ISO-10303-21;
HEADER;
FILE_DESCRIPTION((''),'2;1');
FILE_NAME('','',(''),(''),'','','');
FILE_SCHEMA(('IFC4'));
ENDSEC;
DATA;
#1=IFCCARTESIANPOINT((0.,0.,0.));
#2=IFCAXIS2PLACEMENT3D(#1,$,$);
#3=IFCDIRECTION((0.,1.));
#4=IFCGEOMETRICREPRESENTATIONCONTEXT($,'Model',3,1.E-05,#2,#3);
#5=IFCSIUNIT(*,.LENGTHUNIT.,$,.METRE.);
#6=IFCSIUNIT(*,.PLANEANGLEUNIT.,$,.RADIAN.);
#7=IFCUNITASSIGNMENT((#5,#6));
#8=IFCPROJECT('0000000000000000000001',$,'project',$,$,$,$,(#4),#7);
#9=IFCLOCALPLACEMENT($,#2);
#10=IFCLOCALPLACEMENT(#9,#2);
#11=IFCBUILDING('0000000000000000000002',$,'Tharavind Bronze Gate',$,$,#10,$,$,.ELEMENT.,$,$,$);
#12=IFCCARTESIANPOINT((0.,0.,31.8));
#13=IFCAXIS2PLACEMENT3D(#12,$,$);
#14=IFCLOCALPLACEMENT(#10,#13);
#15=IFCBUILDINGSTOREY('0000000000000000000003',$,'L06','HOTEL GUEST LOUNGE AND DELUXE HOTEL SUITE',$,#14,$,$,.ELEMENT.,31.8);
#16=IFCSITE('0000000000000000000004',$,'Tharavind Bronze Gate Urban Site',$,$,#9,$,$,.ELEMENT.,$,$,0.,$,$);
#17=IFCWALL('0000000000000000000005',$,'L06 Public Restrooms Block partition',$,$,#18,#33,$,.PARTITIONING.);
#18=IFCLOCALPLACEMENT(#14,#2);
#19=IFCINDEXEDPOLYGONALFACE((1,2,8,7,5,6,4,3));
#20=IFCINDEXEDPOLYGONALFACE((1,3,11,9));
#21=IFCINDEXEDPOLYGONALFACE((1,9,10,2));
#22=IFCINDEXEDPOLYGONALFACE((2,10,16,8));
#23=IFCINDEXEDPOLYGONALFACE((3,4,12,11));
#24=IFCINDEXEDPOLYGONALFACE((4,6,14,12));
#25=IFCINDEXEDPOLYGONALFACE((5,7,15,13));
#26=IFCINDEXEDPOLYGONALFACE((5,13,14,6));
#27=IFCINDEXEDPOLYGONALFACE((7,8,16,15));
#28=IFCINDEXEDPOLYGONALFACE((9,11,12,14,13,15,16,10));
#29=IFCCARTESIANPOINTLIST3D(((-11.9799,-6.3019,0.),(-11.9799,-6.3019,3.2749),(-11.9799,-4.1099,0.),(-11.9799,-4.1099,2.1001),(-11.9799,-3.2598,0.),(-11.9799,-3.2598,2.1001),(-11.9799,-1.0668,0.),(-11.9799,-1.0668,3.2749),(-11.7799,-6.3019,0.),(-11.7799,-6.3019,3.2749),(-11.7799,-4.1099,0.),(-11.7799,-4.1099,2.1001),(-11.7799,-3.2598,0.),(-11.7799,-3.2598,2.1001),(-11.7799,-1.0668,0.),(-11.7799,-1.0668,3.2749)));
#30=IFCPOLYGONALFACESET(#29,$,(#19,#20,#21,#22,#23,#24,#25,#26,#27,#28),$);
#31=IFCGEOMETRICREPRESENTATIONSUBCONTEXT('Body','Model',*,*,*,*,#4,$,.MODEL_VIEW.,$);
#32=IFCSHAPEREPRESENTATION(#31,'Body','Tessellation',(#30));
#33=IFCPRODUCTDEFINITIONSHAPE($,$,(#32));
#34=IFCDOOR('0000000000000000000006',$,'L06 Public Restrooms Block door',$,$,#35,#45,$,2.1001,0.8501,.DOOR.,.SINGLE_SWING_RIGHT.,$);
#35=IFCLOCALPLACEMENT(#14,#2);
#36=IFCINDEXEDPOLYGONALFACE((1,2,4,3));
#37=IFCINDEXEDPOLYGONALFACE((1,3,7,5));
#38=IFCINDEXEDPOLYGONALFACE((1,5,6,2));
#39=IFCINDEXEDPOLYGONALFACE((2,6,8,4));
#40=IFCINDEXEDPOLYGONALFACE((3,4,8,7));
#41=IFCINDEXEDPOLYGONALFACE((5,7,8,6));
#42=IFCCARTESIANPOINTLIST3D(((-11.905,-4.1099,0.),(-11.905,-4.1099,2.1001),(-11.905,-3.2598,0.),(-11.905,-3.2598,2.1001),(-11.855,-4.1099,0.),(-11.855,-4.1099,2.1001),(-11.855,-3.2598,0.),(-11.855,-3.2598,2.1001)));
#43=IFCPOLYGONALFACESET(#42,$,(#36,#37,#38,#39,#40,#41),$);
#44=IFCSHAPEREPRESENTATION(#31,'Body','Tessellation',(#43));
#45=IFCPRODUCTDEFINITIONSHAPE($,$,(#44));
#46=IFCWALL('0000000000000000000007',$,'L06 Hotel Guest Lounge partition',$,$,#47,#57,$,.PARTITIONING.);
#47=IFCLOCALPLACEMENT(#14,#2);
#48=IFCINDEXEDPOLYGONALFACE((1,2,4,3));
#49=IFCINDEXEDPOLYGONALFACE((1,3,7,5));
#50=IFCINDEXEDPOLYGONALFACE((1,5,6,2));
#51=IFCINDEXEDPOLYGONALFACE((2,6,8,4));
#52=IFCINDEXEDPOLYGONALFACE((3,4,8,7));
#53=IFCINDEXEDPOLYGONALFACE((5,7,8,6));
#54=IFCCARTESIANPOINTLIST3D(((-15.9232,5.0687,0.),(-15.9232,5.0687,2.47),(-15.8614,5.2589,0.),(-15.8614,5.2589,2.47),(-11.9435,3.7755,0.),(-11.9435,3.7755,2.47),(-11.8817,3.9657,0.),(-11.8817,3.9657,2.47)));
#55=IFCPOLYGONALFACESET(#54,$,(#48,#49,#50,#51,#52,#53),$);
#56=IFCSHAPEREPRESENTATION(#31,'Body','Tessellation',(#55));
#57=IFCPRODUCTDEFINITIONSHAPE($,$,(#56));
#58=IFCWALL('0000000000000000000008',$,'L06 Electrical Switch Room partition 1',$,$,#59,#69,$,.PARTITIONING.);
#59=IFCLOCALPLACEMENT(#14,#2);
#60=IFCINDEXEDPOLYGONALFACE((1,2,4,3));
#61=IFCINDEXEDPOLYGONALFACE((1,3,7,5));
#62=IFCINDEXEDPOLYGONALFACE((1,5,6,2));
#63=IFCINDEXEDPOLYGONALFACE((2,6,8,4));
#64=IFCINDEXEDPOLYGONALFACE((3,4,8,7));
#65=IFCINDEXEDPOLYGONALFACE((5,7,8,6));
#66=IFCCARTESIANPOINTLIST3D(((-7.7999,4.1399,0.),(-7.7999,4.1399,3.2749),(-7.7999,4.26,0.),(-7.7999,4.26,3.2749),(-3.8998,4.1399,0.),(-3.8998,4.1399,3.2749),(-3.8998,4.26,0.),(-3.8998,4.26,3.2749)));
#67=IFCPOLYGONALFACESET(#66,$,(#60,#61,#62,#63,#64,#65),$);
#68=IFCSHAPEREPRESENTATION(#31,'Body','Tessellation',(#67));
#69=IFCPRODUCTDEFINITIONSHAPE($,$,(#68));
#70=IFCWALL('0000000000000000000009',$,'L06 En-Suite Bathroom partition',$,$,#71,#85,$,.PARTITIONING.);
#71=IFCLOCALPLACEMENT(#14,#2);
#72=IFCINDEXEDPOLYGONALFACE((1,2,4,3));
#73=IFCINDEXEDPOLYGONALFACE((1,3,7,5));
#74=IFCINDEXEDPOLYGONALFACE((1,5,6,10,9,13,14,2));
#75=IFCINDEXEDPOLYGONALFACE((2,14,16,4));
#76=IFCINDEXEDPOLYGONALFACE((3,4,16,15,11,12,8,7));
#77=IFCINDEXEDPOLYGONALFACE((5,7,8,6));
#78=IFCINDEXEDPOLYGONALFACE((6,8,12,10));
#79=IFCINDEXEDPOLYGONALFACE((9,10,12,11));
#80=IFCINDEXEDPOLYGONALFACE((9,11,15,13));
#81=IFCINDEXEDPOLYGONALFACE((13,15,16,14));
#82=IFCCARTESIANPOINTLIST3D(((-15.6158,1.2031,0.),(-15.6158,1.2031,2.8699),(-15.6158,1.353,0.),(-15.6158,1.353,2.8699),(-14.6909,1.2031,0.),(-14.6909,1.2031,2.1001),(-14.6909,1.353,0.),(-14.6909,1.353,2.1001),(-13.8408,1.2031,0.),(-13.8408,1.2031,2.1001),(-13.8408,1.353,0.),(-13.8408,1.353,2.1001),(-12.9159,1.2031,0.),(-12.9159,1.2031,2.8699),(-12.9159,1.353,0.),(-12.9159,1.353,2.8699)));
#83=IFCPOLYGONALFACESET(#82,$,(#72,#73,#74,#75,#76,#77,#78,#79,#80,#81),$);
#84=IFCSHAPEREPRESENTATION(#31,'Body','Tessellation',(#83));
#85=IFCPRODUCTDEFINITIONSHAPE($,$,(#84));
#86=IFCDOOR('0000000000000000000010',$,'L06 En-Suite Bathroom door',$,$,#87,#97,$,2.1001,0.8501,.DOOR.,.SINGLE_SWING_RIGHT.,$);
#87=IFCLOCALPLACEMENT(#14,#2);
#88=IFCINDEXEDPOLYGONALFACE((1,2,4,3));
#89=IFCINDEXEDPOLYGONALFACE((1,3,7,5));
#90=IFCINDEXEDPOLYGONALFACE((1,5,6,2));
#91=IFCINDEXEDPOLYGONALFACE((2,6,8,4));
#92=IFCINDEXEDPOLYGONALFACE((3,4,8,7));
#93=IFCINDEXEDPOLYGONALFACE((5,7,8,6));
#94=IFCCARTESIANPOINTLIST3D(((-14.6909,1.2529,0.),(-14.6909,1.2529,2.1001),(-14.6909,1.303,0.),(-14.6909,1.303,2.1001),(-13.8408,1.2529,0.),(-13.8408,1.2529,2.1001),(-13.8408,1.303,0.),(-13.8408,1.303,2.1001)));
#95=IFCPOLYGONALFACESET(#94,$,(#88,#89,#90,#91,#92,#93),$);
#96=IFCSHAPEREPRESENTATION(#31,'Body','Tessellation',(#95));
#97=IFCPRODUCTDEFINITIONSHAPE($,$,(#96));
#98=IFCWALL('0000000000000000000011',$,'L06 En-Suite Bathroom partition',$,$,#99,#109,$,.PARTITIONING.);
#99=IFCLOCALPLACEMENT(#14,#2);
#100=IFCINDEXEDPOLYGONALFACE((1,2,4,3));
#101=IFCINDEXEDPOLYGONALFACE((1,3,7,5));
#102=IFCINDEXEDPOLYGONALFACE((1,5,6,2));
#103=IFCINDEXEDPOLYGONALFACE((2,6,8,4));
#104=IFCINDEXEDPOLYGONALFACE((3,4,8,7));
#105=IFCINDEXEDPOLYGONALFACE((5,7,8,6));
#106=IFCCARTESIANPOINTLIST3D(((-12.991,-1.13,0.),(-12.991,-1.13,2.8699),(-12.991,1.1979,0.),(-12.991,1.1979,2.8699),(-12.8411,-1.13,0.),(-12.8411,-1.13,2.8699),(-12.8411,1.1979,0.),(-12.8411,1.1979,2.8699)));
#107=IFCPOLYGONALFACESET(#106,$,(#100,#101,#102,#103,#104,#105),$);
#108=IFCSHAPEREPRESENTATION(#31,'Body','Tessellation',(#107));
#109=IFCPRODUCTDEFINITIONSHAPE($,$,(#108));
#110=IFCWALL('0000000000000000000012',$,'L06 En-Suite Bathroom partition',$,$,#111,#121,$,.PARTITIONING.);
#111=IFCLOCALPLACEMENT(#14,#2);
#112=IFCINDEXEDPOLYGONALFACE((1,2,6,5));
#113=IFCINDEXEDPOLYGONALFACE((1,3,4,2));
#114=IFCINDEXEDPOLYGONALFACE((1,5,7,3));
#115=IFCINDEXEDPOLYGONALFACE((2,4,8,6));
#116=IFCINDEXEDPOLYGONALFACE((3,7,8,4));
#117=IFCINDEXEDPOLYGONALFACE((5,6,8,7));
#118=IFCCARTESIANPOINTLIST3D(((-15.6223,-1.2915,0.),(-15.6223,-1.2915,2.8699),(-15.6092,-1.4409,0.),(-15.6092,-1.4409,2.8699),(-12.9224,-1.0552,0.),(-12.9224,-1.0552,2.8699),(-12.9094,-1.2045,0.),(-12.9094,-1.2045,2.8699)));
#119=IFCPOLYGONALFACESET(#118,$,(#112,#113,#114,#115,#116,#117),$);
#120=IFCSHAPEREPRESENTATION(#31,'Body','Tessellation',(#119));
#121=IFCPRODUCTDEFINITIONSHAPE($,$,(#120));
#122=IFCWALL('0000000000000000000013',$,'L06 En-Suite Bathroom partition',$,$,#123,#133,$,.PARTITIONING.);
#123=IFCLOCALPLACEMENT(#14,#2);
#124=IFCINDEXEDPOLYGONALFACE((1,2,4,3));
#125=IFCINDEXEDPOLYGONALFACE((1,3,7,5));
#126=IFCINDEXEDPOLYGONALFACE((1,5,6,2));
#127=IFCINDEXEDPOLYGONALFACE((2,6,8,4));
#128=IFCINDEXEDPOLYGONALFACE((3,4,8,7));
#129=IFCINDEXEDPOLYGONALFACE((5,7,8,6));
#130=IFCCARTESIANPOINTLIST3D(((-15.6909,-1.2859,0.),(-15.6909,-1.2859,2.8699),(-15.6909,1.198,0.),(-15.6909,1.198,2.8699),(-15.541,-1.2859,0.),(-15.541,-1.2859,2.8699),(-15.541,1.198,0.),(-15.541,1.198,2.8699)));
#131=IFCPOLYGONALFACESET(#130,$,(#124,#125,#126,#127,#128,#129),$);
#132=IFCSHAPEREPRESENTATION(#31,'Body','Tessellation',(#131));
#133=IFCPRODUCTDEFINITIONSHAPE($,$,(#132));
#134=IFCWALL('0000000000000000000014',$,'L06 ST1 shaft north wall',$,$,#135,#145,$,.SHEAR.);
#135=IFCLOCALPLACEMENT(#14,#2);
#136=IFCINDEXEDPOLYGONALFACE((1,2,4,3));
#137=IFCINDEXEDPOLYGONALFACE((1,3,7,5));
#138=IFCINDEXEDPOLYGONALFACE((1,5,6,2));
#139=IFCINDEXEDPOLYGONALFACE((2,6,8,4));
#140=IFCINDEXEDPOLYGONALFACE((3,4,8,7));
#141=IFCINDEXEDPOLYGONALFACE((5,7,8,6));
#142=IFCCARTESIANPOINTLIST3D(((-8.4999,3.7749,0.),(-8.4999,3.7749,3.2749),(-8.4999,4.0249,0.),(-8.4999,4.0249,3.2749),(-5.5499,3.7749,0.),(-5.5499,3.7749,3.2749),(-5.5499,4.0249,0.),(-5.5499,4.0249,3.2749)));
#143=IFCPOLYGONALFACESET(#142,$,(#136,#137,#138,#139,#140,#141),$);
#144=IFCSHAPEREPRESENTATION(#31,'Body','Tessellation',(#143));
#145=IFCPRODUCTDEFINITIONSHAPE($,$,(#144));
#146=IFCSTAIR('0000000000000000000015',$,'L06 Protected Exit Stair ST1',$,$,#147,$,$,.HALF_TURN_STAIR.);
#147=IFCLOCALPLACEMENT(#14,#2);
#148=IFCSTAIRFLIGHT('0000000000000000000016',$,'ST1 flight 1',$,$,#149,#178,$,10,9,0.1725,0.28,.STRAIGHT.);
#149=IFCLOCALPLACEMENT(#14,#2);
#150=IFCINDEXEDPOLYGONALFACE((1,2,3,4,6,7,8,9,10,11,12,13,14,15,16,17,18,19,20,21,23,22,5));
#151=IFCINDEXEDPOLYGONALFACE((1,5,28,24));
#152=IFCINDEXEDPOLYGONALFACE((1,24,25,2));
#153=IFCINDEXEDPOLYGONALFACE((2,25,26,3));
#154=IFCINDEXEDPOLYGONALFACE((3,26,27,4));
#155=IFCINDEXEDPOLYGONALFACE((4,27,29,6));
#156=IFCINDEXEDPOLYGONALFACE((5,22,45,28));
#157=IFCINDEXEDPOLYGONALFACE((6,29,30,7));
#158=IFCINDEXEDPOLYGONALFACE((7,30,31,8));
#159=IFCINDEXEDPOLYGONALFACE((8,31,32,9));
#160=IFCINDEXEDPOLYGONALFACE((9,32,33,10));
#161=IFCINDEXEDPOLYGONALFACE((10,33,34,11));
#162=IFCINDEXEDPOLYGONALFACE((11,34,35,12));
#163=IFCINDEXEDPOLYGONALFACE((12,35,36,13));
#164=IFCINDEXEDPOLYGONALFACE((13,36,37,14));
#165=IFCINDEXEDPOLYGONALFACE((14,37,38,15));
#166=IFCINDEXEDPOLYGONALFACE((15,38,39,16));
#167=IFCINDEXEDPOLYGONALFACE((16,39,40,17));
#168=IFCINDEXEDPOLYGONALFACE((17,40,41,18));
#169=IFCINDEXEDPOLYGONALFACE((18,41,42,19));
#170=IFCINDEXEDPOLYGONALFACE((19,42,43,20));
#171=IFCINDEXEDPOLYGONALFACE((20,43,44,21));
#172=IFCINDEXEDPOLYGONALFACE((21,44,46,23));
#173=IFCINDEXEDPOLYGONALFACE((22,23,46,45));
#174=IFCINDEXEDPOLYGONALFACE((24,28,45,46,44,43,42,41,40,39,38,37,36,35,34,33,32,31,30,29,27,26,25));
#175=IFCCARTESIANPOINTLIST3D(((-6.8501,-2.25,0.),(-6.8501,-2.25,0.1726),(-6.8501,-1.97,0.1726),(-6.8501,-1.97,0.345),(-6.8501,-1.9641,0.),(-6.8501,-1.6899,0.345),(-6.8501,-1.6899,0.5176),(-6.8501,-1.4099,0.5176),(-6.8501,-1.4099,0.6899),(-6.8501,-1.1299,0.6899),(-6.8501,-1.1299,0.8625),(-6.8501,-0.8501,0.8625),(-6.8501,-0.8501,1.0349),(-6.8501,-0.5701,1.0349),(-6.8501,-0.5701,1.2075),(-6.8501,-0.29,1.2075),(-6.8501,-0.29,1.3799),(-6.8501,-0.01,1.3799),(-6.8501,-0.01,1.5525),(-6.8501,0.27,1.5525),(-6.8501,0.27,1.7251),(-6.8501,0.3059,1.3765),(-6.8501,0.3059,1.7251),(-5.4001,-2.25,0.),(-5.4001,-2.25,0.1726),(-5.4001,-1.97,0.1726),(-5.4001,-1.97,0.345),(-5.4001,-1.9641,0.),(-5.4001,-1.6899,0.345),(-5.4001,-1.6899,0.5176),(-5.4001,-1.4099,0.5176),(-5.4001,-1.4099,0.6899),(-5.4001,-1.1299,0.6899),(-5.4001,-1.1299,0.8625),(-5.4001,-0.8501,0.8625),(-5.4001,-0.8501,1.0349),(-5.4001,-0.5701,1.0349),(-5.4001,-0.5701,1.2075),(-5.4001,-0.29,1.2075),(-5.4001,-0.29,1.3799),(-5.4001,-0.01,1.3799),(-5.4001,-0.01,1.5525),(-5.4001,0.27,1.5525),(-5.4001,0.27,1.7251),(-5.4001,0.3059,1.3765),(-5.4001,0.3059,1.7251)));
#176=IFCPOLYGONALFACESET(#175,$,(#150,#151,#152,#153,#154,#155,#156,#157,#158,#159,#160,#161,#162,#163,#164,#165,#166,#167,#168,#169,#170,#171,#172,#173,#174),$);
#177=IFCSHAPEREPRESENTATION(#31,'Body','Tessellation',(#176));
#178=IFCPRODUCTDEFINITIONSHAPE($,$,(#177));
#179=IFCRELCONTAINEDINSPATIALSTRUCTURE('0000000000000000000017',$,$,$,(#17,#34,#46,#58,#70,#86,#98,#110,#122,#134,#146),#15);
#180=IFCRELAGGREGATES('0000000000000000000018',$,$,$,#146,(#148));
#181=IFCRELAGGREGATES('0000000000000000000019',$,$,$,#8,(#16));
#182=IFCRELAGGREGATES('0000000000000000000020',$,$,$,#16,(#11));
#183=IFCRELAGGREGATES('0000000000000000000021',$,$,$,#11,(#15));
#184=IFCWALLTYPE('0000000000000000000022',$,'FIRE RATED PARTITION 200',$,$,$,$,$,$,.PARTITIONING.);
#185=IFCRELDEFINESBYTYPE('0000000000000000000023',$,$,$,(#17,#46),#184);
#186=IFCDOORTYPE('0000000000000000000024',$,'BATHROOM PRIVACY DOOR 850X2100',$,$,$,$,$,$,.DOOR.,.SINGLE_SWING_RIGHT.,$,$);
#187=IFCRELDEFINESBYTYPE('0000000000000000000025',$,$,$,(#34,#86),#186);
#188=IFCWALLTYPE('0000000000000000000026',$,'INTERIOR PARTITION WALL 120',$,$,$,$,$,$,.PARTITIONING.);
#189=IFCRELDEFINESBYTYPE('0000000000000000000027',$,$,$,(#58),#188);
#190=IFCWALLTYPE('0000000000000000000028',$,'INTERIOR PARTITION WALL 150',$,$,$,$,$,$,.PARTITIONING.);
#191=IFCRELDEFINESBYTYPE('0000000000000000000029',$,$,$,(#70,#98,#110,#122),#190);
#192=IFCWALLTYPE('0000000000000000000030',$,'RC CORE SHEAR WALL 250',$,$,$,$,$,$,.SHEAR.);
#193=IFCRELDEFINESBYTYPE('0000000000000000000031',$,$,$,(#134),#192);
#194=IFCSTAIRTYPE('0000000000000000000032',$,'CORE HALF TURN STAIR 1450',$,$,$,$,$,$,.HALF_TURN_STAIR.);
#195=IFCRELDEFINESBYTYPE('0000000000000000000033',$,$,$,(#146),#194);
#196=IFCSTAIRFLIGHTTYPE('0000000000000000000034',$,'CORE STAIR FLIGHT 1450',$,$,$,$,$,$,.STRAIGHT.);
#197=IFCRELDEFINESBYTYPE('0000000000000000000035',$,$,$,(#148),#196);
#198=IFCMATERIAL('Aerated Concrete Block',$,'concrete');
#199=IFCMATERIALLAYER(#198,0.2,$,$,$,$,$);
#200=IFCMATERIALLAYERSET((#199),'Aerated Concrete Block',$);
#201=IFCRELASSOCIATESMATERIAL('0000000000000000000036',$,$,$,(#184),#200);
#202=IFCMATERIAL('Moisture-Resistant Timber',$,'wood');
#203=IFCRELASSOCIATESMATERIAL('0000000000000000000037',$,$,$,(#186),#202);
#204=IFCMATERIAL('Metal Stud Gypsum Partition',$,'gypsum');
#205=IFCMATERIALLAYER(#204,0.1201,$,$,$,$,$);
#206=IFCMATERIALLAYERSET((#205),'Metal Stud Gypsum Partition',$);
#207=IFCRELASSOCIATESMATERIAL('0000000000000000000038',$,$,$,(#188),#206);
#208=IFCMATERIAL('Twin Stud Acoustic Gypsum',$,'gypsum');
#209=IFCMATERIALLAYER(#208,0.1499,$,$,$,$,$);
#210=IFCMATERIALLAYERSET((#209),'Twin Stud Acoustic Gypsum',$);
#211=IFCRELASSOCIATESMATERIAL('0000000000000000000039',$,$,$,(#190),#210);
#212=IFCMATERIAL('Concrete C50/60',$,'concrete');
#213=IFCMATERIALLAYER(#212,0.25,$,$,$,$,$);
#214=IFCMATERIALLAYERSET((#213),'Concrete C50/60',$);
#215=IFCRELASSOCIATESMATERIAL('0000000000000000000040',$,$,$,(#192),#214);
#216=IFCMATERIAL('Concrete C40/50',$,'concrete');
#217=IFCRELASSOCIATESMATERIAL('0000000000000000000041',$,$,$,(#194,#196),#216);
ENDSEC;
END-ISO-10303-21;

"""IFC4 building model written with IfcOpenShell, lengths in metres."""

from ifc_helpers import new_model, si_unit, direction, frame, frame_2d, origin, place, context, subcontext, project, spatial, polyline, rectangle, outline, extrude, material, layer, layer_set, type_object, element, fill, aggregate, save


model = new_model("IFC4")

# Units and contexts
model_context = context("Model", 3, precision=1e-05, world=origin(), true_north=direction((0.0, 1.0)))
body_context = subcontext(model_context, "Body", "Model", "MODEL_VIEW")
ifc_project = project(units=[si_unit("LENGTHUNIT", "METRE"), si_unit("PLANEANGLEUNIT", "RADIAN")], contexts=[model_context])

# Site, building, storey
site_placement = place(None, origin())
site = spatial("IfcSite", under=ifc_project, at=site_placement, Name="Tharavind Bronze Gate Urban Site", CompositionType="ELEMENT", RefElevation=0.0)
building_placement = place(site_placement, origin())
building = spatial("IfcBuilding", under=site, at=building_placement, Name="Tharavind Bronze Gate", CompositionType="ELEMENT")
storey_placement = place(building_placement, frame((0.0, 0.0, 31.8)))
storey = spatial("IfcBuildingStorey", under=building, at=storey_placement, Name="L06", Description="HOTEL GUEST LOUNGE AND DELUXE HOTEL SUITE", CompositionType="ELEMENT", Elevation=31.8)

# Shared definitions
ifc_material_1 = material(Name="Aerated Concrete Block", Category="concrete")
ifc_layer_1 = layer(ifc_material_1, 0.2)
ifc_layer_set_1 = layer_set([ifc_layer_1], Name="Aerated Concrete Block")
wall_type_1 = type_object("IfcWallType", Name="FIRE RATED PARTITION 200", PredefinedType="PARTITIONING", material=ifc_layer_set_1)

# Wall, opening, door
wall_1_placement = place(storey_placement, frame((-11.8799, -1.0667, 0.0), z_axis=(0.0, 0.0, 1.0), x_axis=(0.0, -1.0, 0.0)))
wall_1 = element("IfcWall", 1, at=wall_1_placement, inside=storey, type_object=wall_type_1, Name="L06 Public Restrooms Block partition", PredefinedType="PARTITIONING", context=body_context, shape_type="SweptSolid", body=[
    extrude(rectangle(XDim=5.2351, YDim=0.2, at=frame_2d((2.6177, 0.0))), origin(), (0.0, 0.0, 1.0), 3.2749),
])
opening_1_placement = place(wall_1_placement, frame((2.1931, 0.0, 0.0)))
opening_1 = element("IfcOpeningElement", 2, at=opening_1_placement, cuts=wall_1, PredefinedType="OPENING", context=body_context, shape_type="SweptSolid", body=[
    extrude(rectangle(XDim=0.8501, YDim=2.1001, at=frame_2d((0.425, 1.05))), frame((0.0, 0.1101, 0.0), z_axis=(0.0, -1.0, 0.0), x_axis=(1.0, 0.0, 0.0)), (0.0, 0.0, 1.0), 0.22),
])
ifc_material_2 = material(Name="Moisture-Resistant Timber", Category="wood")
door_type_1 = type_object("IfcDoorType", Name="BATHROOM PRIVACY DOOR 850X2100", OperationType="SINGLE_SWING_RIGHT", PredefinedType="DOOR", material=ifc_material_2)
door_1_placement = place(opening_1_placement, origin())
door_1 = element("IfcDoor", 3, at=door_1_placement, inside=storey, type_object=door_type_1, Name="L06 Public Restrooms Block door", OperationType="SINGLE_SWING_RIGHT", OverallHeight=2.1001, OverallWidth=0.8501, PredefinedType="DOOR", context=body_context, shape_type="SweptSolid", body=[
    extrude(rectangle(XDim=0.8501, YDim=2.1001, at=frame_2d((0.425, 1.05))), frame((0.0, 0.0249, 0.0), z_axis=(0.0, -1.0, 0.0), x_axis=(1.0, 0.0, 0.0)), (0.0, 0.0, 1.0), 0.05),
])
fill(opening_1, door_1)

# Wall
wall_2_placement = place(storey_placement, frame((-11.9126, 3.8706, 0.0), z_axis=(0.0, 0.0, 1.0), x_axis=(-0.951048, 0.309043, 0.0)))
element("IfcWall", 4, at=wall_2_placement, inside=storey, type_object=wall_type_1, Name="L06 Hotel Guest Lounge partition", PredefinedType="PARTITIONING", context=body_context, shape_type="SweptSolid", body=[
    extrude(rectangle(XDim=4.1846, YDim=0.2, at=frame_2d((2.0923, 0.0))), origin(), (0.0, 0.0, 1.0), 2.47),
])

# Wall
ifc_material_3 = material(Name="Metal Stud Gypsum Partition", Category="gypsum")
ifc_layer_2 = layer(ifc_material_3, 0.1201)
ifc_layer_set_2 = layer_set([ifc_layer_2], Name="Metal Stud Gypsum Partition")
wall_type_2 = type_object("IfcWallType", Name="INTERIOR PARTITION WALL 120", PredefinedType="PARTITIONING", material=ifc_layer_set_2)
wall_3_placement = place(storey_placement, frame((-7.8, 4.2, 0.0), z_axis=(0.0, 0.0, 1.0), x_axis=(1.0, 0.0, 0.0)))
element("IfcWall", 5, at=wall_3_placement, inside=storey, type_object=wall_type_2, Name="L06 Electrical Switch Room partition 1", PredefinedType="PARTITIONING", context=body_context, shape_type="SweptSolid", body=[
    extrude(rectangle(XDim=3.9001, YDim=0.1201, at=frame_2d((1.9502, 0.0))), origin(), (0.0, 0.0, 1.0), 3.2749),
])

# Wall, opening, door
ifc_material_4 = material(Name="Twin Stud Acoustic Gypsum", Category="gypsum")
ifc_layer_3 = layer(ifc_material_4, 0.1499)
ifc_layer_set_3 = layer_set([ifc_layer_3], Name="Twin Stud Acoustic Gypsum")
wall_type_3 = type_object("IfcWallType", Name="INTERIOR PARTITION WALL 150", PredefinedType="PARTITIONING", material=ifc_layer_set_3)
wall_4_placement = place(storey_placement, frame((-15.616, 1.2781, 0.0), z_axis=(0.0, 0.0, 1.0), x_axis=(1.0, 0.0, 0.0)))
wall_4 = element("IfcWall", 6, at=wall_4_placement, inside=storey, type_object=wall_type_3, Name="L06 En-Suite Bathroom partition", PredefinedType="PARTITIONING", context=body_context, shape_type="SweptSolid", body=[
    extrude(rectangle(XDim=2.7, YDim=0.1499, at=frame_2d((1.3501, 0.0))), origin(), (0.0, 0.0, 1.0), 2.8699),
])
opening_2_placement = place(wall_4_placement, frame((0.925, 0.0, 0.0)))
opening_2 = element("IfcOpeningElement", 7, at=opening_2_placement, cuts=wall_4, PredefinedType="OPENING", context=body_context, shape_type="SweptSolid", body=[
    extrude(rectangle(XDim=0.8501, YDim=2.1001, at=frame_2d((0.425, 1.05))), frame((0.0, 0.085, 0.0), z_axis=(0.0, -1.0, 0.0), x_axis=(1.0, 0.0, 0.0)), (0.0, 0.0, 1.0), 0.1699),
])
door_2_placement = place(opening_2_placement, origin())
door_2 = element("IfcDoor", 8, at=door_2_placement, inside=storey, type_object=door_type_1, Name="L06 En-Suite Bathroom door", OperationType="SINGLE_SWING_RIGHT", OverallHeight=2.1001, OverallWidth=0.8501, PredefinedType="DOOR", context=body_context, shape_type="SweptSolid", body=[
    extrude(rectangle(XDim=0.8501, YDim=2.1001, at=frame_2d((0.425, 1.05))), frame((0.0, 0.0249, 0.0), z_axis=(0.0, -1.0, 0.0), x_axis=(1.0, 0.0, 0.0)), (0.0, 0.0, 1.0), 0.05),
])
fill(opening_2, door_2)

# Walls
wall_5_placement = place(storey_placement, frame((-12.916, 1.198, 0.0), z_axis=(0.0, 0.0, 1.0), x_axis=(0.0, -1.0, 0.0)))
element("IfcWall", 9, at=wall_5_placement, inside=storey, type_object=wall_type_3, Name="L06 En-Suite Bathroom partition", PredefinedType="PARTITIONING", context=body_context, shape_type="SweptSolid", body=[
    extrude(rectangle(XDim=2.3279, YDim=0.1499, at=frame_2d((1.1641, 0.0))), origin(), (0.0, 0.0, 1.0), 2.8699),
])
wall_6_placement = place(storey_placement, frame((-12.916, -1.1299, 0.0), z_axis=(0.0, 0.0, 1.0), x_axis=(-0.996191, -0.087197, 0.0)))
element("IfcWall", 10, at=wall_6_placement, inside=storey, type_object=wall_type_3, Name="L06 En-Suite Bathroom partition", PredefinedType="PARTITIONING", context=body_context, shape_type="SweptSolid", body=[
    extrude(rectangle(XDim=2.7102, YDim=0.1499, at=frame_2d((1.355, 0.0))), origin(), (0.0, 0.0, 1.0), 2.8699),
])
wall_7_placement = place(storey_placement, frame((-15.616, -1.2859, 0.0), z_axis=(0.0, 0.0, 1.0), x_axis=(0.0, 1.0, 0.0)))
element("IfcWall", 11, at=wall_7_placement, inside=storey, type_object=wall_type_3, Name="L06 En-Suite Bathroom partition", PredefinedType="PARTITIONING", context=body_context, shape_type="SweptSolid", body=[
    extrude(rectangle(XDim=2.4839, YDim=0.1499, at=frame_2d((1.2419, 0.0))), origin(), (0.0, 0.0, 1.0), 2.8699),
])
ifc_material_5 = material(Name="Concrete C50/60", Category="concrete")
ifc_layer_4 = layer(ifc_material_5, 0.25)
ifc_layer_set_4 = layer_set([ifc_layer_4], Name="Concrete C50/60")
wall_type_4 = type_object("IfcWallType", Name="RC CORE SHEAR WALL 250", PredefinedType="SHEAR", material=ifc_layer_set_4)
wall_8_placement = place(storey_placement, frame((-8.5, 3.8999, 0.0), z_axis=(0.0, 0.0, 1.0), x_axis=(1.0, 0.0, 0.0)))
element("IfcWall", 12, at=wall_8_placement, inside=storey, type_object=wall_type_4, Name="L06 ST1 shaft north wall", PredefinedType="SHEAR", context=body_context, shape_type="SweptSolid", body=[
    extrude(rectangle(XDim=2.95, YDim=0.25, at=frame_2d((1.4751, 0.0))), origin(), (0.0, 0.0, 1.0), 3.2749),
])

# Stair, stair flight
ifc_material_6 = material(Name="Concrete C40/50", Category="concrete")
stair_type = type_object("IfcStairType", Name="CORE HALF TURN STAIR 1450", PredefinedType="HALF_TURN_STAIR", material=ifc_material_6)
stair_placement = place(storey_placement, origin())
stair = element("IfcStair", 13, at=stair_placement, inside=storey, type_object=stair_type, Name="L06 Protected Exit Stair ST1", PredefinedType="HALF_TURN_STAIR")
stair_flight_type = type_object("IfcStairFlightType", Name="CORE STAIR FLIGHT 1450", PredefinedType="STRAIGHT", material=ifc_material_6)
stair_flight_1_placement = place(storey_placement, frame((-6.125, -2.25, 0.0), z_axis=(0.0, 0.0, 1.0), x_axis=(0.0, 1.0, 0.0)))
stair_flight_1 = element("IfcStairFlight", 14, at=stair_flight_1_placement, type_object=stair_flight_type, Name="ST1 flight 1", NumberOfRisers=10, NumberOfTreads=9, PredefinedType="STRAIGHT", RiserHeight=0.1725, TreadLength=0.28, context=body_context, shape_type="SweptSolid", body=[
    extrude(outline(polyline([(0.0, 0.0), (0.0, 0.1726), (0.28, 0.1726), (0.28, 0.345), (0.5601, 0.345), (0.5601, 0.5176), (0.8401, 0.5176), (0.8401, 0.6899), (1.1201, 0.6899), (1.1201, 0.8625), (1.3999, 0.8625), (1.3999, 1.0349), (1.6799, 1.0349), (1.6799, 1.2075), (1.96, 1.2075), (1.96, 1.3799), (2.24, 1.3799), (2.24, 1.5525), (2.52, 1.5525), (2.52, 1.7251), (2.5559, 1.7251), (2.5559, 1.3765), (0.2859, 0.0), (0.0, 0.0)])), frame((0.0, 0.7251, 0.0), z_axis=(0.0, -1.0, 0.0), x_axis=(1.0, 0.0, 0.0)), (0.0, 0.0, 1.0), 1.45),
])
aggregate(stair, [stair_flight_1])

save(model, "model.ifc")
